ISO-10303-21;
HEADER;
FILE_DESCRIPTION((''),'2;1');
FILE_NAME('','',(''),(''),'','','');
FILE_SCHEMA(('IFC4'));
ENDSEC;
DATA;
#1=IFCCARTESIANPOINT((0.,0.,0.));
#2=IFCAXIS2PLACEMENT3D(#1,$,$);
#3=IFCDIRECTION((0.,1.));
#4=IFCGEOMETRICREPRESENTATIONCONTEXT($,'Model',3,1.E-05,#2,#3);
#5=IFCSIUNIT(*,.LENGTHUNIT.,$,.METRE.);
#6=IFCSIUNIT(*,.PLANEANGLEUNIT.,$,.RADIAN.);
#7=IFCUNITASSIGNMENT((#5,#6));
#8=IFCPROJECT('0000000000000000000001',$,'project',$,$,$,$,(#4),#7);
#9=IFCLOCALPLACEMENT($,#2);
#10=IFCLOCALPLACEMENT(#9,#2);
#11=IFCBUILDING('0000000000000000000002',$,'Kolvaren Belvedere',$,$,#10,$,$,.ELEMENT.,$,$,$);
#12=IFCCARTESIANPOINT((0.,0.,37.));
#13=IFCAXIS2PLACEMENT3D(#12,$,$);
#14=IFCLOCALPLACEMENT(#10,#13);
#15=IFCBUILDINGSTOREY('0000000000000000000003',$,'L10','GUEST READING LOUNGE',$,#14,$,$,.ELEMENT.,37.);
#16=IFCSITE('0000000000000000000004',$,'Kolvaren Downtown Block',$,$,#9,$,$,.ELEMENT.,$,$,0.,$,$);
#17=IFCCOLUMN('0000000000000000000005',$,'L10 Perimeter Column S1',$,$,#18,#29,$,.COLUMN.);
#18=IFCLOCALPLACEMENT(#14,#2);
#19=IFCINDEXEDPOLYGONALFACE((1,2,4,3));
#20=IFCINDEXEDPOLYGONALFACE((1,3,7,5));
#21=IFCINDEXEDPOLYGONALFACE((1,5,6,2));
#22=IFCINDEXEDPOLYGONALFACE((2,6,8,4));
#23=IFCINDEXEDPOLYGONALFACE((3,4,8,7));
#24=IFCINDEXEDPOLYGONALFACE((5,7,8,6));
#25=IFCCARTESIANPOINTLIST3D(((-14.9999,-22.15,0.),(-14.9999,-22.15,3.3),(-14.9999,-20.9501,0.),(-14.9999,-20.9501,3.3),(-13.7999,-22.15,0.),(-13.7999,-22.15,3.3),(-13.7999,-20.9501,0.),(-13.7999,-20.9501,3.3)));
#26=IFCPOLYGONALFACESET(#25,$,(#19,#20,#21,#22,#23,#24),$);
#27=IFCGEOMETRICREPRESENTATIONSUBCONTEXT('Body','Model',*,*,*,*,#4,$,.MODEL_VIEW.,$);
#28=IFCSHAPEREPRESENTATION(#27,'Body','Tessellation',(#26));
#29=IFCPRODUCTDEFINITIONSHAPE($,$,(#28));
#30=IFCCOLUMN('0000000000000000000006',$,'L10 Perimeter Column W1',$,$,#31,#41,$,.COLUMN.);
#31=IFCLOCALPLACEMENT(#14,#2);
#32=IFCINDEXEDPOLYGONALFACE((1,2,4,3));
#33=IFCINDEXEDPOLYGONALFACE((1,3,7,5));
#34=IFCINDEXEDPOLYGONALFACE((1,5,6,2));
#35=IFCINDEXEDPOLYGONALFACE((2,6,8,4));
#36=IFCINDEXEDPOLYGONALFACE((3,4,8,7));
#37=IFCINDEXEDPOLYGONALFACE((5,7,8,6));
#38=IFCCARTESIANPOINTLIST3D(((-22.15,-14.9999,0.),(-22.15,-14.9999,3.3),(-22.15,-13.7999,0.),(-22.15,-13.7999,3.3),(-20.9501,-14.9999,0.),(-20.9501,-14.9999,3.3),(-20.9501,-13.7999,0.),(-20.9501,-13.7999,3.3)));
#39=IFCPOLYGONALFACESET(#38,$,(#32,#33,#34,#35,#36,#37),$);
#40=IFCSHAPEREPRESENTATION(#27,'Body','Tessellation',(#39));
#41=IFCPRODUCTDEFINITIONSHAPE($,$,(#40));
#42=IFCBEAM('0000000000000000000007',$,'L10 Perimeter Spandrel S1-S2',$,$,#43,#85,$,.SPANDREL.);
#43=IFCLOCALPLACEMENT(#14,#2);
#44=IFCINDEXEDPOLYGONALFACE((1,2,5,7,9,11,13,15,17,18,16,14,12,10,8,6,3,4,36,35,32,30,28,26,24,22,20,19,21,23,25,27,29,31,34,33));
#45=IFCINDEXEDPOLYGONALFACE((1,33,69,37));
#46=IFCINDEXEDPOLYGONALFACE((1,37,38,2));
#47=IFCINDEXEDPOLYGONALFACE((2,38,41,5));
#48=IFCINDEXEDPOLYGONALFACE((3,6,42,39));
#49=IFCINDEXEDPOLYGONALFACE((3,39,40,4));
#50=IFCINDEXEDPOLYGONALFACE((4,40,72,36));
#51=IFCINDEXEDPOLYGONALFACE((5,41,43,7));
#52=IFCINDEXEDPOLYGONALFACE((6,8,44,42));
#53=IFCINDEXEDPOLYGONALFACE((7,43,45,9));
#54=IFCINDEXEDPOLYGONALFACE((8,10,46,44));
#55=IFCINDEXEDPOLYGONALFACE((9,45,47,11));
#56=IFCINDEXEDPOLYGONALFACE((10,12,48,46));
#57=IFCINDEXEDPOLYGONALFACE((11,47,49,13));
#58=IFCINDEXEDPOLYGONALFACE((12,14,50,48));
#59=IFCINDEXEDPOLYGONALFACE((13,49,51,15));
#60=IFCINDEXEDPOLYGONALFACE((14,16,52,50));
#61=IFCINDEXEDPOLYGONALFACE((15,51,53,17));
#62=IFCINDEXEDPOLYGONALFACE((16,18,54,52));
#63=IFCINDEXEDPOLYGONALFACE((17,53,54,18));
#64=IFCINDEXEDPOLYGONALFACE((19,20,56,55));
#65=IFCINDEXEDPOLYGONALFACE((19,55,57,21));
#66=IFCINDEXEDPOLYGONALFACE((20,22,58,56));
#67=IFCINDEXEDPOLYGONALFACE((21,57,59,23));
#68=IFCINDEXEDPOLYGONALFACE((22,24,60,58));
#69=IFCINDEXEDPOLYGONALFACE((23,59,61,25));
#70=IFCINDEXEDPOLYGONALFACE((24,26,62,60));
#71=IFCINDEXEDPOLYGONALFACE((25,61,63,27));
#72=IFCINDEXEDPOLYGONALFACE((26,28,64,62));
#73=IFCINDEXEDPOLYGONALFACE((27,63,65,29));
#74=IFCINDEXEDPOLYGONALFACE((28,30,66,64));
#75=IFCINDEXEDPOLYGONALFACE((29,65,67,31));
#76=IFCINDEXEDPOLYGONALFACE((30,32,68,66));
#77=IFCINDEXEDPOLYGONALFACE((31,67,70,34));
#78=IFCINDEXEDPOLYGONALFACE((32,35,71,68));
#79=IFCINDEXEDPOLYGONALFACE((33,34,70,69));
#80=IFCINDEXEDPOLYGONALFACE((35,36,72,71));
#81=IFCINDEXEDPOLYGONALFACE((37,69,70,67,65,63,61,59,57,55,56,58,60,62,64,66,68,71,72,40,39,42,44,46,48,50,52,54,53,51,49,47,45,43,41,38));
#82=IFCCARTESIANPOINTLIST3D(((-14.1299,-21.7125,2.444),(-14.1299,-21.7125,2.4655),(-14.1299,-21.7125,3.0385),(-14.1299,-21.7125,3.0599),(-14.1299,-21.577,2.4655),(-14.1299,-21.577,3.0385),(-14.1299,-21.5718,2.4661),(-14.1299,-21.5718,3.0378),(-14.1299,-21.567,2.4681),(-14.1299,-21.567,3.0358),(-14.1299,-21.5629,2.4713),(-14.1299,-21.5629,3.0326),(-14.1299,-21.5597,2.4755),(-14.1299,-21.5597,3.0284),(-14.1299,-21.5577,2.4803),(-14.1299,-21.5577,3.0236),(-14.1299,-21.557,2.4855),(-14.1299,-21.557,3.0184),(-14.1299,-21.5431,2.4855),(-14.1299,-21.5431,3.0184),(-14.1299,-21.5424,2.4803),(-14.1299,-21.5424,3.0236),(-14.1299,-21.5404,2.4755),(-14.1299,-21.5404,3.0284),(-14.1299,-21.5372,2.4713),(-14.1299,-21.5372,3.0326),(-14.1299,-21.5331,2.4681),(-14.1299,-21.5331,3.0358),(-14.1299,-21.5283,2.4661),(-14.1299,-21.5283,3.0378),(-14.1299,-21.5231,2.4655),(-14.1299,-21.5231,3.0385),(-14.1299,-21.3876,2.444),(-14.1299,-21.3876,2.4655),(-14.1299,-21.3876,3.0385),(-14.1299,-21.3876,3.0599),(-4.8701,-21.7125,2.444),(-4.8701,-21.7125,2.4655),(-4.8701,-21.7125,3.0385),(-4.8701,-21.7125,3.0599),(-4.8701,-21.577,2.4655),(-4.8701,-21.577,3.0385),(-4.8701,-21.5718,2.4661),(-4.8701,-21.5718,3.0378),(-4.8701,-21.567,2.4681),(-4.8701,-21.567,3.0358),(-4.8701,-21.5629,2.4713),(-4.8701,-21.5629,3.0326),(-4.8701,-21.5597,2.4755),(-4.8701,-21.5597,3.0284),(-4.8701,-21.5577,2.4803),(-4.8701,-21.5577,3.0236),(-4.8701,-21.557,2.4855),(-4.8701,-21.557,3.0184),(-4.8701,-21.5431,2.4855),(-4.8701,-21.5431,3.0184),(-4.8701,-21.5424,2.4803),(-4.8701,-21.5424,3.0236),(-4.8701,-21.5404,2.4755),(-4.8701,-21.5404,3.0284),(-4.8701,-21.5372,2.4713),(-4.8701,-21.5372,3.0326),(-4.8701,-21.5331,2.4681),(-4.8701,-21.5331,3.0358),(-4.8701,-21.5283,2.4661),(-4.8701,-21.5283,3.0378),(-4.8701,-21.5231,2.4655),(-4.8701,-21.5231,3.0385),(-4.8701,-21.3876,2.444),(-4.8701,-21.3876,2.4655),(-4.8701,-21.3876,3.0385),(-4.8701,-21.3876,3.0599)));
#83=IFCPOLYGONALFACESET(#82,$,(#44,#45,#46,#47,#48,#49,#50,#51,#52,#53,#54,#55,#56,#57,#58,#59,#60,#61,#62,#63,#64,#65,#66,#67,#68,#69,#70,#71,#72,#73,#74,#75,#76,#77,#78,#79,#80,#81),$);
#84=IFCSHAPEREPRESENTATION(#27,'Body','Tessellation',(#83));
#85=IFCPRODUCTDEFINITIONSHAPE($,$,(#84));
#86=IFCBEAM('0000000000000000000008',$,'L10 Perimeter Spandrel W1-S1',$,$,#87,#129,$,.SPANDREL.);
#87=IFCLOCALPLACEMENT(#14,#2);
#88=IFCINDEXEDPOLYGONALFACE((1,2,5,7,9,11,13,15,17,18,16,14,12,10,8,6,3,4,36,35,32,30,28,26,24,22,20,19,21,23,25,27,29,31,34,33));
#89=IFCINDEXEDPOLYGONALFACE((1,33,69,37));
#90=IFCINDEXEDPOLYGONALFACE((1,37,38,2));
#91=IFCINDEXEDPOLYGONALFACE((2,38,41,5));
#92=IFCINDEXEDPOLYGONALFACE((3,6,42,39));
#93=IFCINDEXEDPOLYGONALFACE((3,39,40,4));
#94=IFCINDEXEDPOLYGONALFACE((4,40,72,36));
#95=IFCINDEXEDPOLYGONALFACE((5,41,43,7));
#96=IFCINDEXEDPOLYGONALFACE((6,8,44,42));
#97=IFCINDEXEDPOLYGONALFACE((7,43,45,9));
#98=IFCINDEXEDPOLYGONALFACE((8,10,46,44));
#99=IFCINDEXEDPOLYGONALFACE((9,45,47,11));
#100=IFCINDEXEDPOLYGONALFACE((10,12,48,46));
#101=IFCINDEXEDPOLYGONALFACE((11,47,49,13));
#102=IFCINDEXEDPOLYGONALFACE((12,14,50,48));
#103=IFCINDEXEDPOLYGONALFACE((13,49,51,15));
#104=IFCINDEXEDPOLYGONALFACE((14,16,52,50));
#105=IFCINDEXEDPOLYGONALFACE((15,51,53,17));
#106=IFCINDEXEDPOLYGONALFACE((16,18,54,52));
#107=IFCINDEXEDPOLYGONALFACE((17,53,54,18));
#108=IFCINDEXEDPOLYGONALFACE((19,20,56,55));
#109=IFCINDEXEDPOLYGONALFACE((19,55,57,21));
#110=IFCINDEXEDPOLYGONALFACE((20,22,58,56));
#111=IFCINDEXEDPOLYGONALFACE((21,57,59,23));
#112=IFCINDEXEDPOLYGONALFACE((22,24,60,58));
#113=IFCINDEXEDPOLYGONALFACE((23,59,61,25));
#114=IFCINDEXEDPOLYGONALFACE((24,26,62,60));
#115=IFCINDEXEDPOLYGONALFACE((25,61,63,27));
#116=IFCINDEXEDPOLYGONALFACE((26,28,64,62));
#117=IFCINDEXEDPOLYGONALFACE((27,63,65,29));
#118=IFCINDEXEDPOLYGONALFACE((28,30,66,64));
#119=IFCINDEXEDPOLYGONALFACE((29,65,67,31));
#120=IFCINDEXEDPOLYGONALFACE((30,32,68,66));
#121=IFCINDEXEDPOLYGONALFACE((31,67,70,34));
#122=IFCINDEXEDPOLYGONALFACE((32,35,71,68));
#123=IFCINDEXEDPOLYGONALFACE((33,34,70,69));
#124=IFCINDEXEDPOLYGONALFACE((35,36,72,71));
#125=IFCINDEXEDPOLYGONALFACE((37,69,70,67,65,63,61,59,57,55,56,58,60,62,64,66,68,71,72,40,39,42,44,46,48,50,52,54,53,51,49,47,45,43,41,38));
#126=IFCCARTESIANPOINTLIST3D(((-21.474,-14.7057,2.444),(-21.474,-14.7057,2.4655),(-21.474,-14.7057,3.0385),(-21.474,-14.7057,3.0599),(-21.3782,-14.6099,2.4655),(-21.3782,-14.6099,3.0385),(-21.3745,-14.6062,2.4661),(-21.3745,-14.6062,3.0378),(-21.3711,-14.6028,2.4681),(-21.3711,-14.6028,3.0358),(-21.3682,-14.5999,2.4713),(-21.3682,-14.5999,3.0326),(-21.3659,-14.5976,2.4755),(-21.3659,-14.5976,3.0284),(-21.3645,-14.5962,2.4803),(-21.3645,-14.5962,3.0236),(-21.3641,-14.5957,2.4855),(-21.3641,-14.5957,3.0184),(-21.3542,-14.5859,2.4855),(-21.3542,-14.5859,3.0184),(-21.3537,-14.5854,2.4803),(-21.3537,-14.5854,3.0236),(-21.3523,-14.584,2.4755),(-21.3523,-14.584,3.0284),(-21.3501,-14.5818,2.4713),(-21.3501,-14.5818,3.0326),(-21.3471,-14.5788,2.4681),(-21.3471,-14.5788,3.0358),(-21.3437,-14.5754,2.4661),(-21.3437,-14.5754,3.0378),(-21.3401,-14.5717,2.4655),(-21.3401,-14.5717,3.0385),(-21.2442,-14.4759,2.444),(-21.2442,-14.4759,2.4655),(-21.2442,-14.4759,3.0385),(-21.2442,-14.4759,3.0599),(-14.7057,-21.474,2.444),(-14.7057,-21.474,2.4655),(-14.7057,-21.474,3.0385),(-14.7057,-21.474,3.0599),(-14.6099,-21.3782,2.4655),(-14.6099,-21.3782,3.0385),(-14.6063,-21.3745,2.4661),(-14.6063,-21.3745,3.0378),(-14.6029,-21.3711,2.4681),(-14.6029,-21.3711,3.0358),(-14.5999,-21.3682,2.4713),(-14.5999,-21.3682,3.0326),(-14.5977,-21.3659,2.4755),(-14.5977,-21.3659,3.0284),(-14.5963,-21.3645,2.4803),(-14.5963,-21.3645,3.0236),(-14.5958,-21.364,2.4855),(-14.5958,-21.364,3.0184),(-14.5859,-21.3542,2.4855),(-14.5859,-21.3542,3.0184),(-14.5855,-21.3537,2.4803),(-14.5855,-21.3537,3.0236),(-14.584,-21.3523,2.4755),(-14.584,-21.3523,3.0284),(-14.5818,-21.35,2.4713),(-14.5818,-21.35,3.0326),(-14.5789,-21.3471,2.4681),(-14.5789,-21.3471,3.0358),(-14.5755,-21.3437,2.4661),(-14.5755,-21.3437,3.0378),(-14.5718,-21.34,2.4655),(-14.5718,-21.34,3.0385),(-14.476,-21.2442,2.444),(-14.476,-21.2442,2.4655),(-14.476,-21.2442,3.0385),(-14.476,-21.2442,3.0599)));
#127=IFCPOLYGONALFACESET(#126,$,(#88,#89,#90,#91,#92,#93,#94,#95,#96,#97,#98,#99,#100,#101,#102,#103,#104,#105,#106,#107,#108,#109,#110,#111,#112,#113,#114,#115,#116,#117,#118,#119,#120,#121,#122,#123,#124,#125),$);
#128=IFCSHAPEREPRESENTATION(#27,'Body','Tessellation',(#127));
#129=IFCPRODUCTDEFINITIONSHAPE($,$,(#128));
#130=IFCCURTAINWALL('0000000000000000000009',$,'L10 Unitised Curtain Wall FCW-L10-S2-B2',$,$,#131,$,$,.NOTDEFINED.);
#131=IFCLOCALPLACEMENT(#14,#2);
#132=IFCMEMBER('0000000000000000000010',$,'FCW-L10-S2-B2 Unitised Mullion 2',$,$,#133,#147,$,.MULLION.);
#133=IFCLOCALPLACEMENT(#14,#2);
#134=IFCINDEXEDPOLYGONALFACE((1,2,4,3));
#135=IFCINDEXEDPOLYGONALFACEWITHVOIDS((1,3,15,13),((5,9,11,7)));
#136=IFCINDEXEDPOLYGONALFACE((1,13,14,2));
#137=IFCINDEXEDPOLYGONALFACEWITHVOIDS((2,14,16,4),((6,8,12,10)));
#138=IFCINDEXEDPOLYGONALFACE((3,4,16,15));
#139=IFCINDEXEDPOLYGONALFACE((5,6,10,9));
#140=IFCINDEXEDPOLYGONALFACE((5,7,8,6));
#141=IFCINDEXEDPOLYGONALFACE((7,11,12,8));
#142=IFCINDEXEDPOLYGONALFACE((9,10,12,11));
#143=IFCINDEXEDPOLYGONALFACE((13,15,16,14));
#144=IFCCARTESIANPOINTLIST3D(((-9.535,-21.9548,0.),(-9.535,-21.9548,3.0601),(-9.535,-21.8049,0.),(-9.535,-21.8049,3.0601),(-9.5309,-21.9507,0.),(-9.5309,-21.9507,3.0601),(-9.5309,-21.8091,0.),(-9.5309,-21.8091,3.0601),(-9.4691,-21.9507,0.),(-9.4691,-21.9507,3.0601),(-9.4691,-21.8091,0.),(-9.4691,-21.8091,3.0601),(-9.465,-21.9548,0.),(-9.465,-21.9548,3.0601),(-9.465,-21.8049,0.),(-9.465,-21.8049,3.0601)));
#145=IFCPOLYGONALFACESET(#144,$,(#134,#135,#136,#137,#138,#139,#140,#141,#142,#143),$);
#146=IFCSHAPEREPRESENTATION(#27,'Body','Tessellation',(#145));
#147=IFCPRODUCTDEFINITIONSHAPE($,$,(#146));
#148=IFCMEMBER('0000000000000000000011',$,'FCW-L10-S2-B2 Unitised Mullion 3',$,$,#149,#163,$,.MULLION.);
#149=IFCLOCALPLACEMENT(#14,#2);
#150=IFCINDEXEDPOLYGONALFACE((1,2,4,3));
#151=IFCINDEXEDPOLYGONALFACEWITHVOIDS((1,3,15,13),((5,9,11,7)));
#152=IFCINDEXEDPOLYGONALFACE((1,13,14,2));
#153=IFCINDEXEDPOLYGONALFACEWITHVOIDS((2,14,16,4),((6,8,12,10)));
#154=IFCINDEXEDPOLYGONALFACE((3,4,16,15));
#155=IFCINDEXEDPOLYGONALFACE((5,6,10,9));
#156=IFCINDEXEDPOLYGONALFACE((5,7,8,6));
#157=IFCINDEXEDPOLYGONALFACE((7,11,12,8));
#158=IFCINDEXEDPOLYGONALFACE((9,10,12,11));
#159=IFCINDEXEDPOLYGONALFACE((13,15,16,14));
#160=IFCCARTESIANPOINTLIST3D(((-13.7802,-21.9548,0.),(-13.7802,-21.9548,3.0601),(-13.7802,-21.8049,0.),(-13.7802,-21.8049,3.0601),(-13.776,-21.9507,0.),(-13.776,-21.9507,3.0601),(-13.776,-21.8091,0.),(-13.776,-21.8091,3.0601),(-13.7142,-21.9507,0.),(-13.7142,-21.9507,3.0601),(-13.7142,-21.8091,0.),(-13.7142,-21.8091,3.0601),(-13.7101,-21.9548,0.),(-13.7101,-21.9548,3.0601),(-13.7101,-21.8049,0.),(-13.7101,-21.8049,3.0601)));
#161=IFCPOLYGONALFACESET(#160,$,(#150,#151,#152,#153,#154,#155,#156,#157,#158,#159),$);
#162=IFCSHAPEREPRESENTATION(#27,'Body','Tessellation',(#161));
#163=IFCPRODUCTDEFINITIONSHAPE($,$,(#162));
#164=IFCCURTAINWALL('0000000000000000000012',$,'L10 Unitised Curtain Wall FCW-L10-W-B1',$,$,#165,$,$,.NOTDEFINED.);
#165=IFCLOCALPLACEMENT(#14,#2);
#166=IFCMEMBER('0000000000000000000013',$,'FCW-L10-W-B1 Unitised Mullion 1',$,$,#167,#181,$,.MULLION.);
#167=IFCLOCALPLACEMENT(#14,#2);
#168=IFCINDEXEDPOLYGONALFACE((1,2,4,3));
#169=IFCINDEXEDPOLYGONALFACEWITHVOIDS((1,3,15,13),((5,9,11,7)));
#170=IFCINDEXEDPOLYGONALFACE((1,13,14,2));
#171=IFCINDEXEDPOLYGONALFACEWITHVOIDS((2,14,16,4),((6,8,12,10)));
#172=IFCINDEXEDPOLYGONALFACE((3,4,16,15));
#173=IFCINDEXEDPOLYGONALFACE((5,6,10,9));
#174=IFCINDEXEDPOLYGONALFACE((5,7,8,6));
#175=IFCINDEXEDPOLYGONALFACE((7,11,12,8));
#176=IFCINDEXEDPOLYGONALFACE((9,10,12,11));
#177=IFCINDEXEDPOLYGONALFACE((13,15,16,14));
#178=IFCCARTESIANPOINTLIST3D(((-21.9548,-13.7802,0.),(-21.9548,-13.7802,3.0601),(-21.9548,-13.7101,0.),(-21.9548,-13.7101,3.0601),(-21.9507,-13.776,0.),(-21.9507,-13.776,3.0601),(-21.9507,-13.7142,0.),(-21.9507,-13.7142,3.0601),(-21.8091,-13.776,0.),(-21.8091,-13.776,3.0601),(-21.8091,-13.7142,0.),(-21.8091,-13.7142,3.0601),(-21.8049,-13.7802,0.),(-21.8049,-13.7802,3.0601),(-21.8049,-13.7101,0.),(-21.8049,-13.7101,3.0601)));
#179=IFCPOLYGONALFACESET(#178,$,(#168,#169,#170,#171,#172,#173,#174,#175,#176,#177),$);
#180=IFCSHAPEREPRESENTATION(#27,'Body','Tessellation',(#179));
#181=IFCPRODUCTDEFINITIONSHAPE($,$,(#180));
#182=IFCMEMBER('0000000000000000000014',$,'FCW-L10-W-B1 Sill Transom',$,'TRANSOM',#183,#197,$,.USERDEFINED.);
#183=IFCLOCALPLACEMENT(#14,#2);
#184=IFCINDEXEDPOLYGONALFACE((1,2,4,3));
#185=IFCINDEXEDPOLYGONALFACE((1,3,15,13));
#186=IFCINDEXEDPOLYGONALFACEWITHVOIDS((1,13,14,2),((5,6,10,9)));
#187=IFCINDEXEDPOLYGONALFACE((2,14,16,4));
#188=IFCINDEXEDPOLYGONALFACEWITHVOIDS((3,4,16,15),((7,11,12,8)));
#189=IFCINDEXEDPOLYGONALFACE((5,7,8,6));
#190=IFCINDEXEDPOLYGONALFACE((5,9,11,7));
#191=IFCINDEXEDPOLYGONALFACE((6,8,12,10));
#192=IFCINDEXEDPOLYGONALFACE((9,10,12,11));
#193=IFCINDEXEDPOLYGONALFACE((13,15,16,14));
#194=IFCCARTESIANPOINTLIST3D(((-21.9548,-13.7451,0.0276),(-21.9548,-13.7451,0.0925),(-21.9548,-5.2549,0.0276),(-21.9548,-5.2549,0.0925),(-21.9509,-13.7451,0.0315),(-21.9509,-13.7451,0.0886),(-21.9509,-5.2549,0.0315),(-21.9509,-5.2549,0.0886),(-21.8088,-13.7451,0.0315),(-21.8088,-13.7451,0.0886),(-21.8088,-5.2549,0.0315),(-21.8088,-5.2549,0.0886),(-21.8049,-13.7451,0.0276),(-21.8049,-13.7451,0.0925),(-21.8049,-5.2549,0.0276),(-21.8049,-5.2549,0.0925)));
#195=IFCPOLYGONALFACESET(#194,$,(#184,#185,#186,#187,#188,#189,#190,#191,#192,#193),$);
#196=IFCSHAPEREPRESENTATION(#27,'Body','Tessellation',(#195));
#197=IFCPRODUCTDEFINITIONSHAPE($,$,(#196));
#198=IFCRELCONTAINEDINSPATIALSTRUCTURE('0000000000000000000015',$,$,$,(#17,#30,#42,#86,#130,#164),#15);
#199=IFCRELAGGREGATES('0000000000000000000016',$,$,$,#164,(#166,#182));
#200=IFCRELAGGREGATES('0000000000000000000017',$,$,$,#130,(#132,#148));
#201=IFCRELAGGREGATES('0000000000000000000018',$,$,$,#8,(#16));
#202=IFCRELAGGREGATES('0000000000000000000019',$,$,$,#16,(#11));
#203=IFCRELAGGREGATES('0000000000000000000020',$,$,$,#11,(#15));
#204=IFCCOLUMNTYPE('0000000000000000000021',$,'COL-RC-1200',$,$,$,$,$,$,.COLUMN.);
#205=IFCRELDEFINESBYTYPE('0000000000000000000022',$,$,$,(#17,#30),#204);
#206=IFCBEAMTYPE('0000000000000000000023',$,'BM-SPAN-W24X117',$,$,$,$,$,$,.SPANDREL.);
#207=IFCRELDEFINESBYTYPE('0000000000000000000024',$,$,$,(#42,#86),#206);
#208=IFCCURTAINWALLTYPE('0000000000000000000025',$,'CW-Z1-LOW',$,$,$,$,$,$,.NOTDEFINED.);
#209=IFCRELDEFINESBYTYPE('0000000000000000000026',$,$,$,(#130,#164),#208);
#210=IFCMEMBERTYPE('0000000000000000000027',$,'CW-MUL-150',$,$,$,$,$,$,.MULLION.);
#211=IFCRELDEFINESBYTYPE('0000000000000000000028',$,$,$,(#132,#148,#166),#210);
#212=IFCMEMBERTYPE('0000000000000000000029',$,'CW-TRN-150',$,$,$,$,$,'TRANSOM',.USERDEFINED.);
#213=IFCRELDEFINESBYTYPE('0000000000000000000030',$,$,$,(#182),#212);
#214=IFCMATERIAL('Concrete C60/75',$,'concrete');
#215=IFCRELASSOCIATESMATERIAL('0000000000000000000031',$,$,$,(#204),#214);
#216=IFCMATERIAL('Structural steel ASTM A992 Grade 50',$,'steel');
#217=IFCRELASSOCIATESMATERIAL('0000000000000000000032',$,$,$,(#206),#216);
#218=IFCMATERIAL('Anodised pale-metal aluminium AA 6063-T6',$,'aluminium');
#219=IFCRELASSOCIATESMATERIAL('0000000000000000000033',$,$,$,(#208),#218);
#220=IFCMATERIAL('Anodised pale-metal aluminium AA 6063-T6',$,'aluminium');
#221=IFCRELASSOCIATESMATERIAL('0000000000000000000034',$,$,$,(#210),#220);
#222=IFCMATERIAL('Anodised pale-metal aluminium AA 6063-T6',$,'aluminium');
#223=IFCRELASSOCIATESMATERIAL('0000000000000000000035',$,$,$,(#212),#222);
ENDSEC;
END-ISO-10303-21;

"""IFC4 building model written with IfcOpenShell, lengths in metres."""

from ifc_helpers import new_model, si_unit, direction, frame, origin, origin_2d, place, context, subcontext, project, spatial, rectangle, hollow_rectangle, i_section, extrude, material, material_profile, profile_set, type_object, element, aggregate, save


model = new_model("IFC4")

# Units and contexts
model_context = context("Model", 3, precision=1e-05, world=origin(), true_north=direction((0.0, 1.0)))
body_context = subcontext(model_context, "Body", "Model", "MODEL_VIEW")
ifc_project = project(units=[si_unit("LENGTHUNIT", "METRE"), si_unit("PLANEANGLEUNIT", "RADIAN")], contexts=[model_context])

# Site, building, storey
site_placement = place(None, origin())
site = spatial("IfcSite", under=ifc_project, at=site_placement, Name="Kolvaren Downtown Block", CompositionType="ELEMENT", RefElevation=0.0)
building_placement = place(site_placement, origin())
building = spatial("IfcBuilding", under=site, at=building_placement, Name="Kolvaren Belvedere", CompositionType="ELEMENT")
storey_placement = place(building_placement, frame((0.0, 0.0, 37.0)))
storey = spatial("IfcBuildingStorey", under=building, at=storey_placement, Name="L10", Description="GUEST READING LOUNGE", CompositionType="ELEMENT", Elevation=37.0)

# Columns
ifc_material_1 = material(Name="Concrete C60/75", Category="concrete")
ifc_material_profile_1 = material_profile(ifc_material_1, rectangle(XDim=1.2, YDim=1.2, at=origin_2d()), Name="RC 1200X1200")
ifc_profile_set_1 = profile_set([ifc_material_profile_1], Name="Concrete C60/75")
column_type = type_object("IfcColumnType", Name="COL-RC-1200", PredefinedType="COLUMN", material=ifc_profile_set_1)
for number, where, z_axis, x_axis, name in (
    (1, (-14.3999, -21.55, 0.0), (0.0, 0.0, 1.0), (1.0, 0.0, 0.0), "L10 Perimeter Column S1"),
    (2, (-21.55, -14.3999, 0.0), (0.0, 0.0, 1.0), (1.0, 0.0, 0.0), "L10 Perimeter Column W1"),
):
    element("IfcColumn", number, at=place(storey_placement, frame(where, z_axis=z_axis, x_axis=x_axis)), inside=storey, type_object=column_type, Name=name, PredefinedType="COLUMN", context=body_context, shape_type="SweptSolid", body=[
        extrude(rectangle(XDim=1.2, YDim=1.2, at=origin_2d()), origin(), (0.0, 0.0, 1.0), 3.3),
    ])

# Beams
ifc_material_2 = material(Name="Structural steel ASTM A992 Grade 50", Category="steel")
ifc_material_profile_2 = material_profile(ifc_material_2, i_section(OverallWidth=0.325, OverallDepth=0.616, WebThickness=0.0139, FlangeThickness=0.0215, FilletRadius=0.02, at=origin_2d()), Name="W24X117")
ifc_profile_set_2 = profile_set([ifc_material_profile_2], Name="Structural steel ASTM A992 Grade 50")
beam_type = type_object("IfcBeamType", Name="BM-SPAN-W24X117", PredefinedType="SPANDREL", material=ifc_profile_set_2)
beam_1_placement = place(storey_placement, frame((-14.1299, -21.55, 2.752), z_axis=(1.0, 0.0, 0.0), x_axis=(0.0, 1.0, 0.0)))
element("IfcBeam", 3, at=beam_1_placement, inside=storey, type_object=beam_type, Name="L10 Perimeter Spandrel S1-S2", PredefinedType="SPANDREL", context=body_context, shape_type="SweptSolid", body=[
    extrude(i_section(OverallWidth=0.325, OverallDepth=0.616, WebThickness=0.0139, FlangeThickness=0.0215, FilletRadius=0.02, at=origin_2d()), origin(), (0.0, 0.0, 1.0), 9.2598),
])
beam_2_placement = place(storey_placement, frame((-21.3591, -14.5908, 2.752), z_axis=(0.707107, -0.707107, 0.0), x_axis=(0.707107, 0.707107, 0.0)))
element("IfcBeam", 4, at=beam_2_placement, inside=storey, type_object=beam_type, Name="L10 Perimeter Spandrel W1-S1", PredefinedType="SPANDREL", context=body_context, shape_type="SweptSolid", body=[
    extrude(i_section(OverallWidth=0.325, OverallDepth=0.616, WebThickness=0.0139, FlangeThickness=0.0215, FilletRadius=0.02, at=origin_2d()), origin(), (0.0, 0.0, 1.0), 9.5718),
])

# Curtain walls, members
ifc_material_3 = material(Name="Anodised pale-metal aluminium AA 6063-T6", Category="aluminium")
curtain_wall_type = type_object("IfcCurtainWallType", Name="CW-Z1-LOW", PredefinedType="NOTDEFINED", material=ifc_material_3)
curtain_wall_1_placement = place(storey_placement, origin())
curtain_wall_1 = element("IfcCurtainWall", 5, at=curtain_wall_1_placement, inside=storey, type_object=curtain_wall_type, Name="L10 Unitised Curtain Wall FCW-L10-S2-B2", PredefinedType="NOTDEFINED")
ifc_material_4 = material(Name="Anodised pale-metal aluminium AA 6063-T6", Category="aluminium")
ifc_material_profile_3 = material_profile(ifc_material_4, hollow_rectangle(XDim=0.0701, YDim=0.1499, WallThickness=0.0042, at=origin_2d()), Name="ALU-MUL-150X70")
ifc_profile_set_3 = profile_set([ifc_material_profile_3], Name="Anodised pale-metal aluminium AA 6063-T6")
member_type_1 = type_object("IfcMemberType", Name="CW-MUL-150", PredefinedType="MULLION", material=ifc_profile_set_3)
member_1_placement = place(storey_placement, frame((-9.5, -21.8799, 0.0), z_axis=(0.0, 0.0, 1.0), x_axis=(1.0, 0.0, 0.0)))
member_1 = element("IfcMember", 6, at=member_1_placement, type_object=member_type_1, Name="FCW-L10-S2-B2 Unitised Mullion 2", PredefinedType="MULLION", context=body_context, shape_type="SweptSolid", body=[
    extrude(hollow_rectangle(XDim=0.0701, YDim=0.1499, WallThickness=0.0042, at=origin_2d()), origin(), (0.0, 0.0, 1.0), 3.0601),
])
member_2_placement = place(storey_placement, frame((-13.7451, -21.8799, 0.0), z_axis=(0.0, 0.0, 1.0), x_axis=(1.0, 0.0, 0.0)))
member_2 = element("IfcMember", 7, at=member_2_placement, type_object=member_type_1, Name="FCW-L10-S2-B2 Unitised Mullion 3", PredefinedType="MULLION", context=body_context, shape_type="SweptSolid", body=[
    extrude(hollow_rectangle(XDim=0.0701, YDim=0.1499, WallThickness=0.0042, at=origin_2d()), origin(), (0.0, 0.0, 1.0), 3.0601),
])
curtain_wall_2_placement = place(storey_placement, origin())
curtain_wall_2 = element("IfcCurtainWall", 8, at=curtain_wall_2_placement, inside=storey, type_object=curtain_wall_type, Name="L10 Unitised Curtain Wall FCW-L10-W-B1", PredefinedType="NOTDEFINED")
member_3_placement = place(storey_placement, frame((-21.8799, -13.7451, 0.0), z_axis=(0.0, 0.0, 1.0), x_axis=(0.0, 1.0, 0.0)))
member_3 = element("IfcMember", 9, at=member_3_placement, type_object=member_type_1, Name="FCW-L10-W-B1 Unitised Mullion 1", PredefinedType="MULLION", context=body_context, shape_type="SweptSolid", body=[
    extrude(hollow_rectangle(XDim=0.0701, YDim=0.1499, WallThickness=0.0042, at=origin_2d()), origin(), (0.0, 0.0, 1.0), 3.0601),
])
ifc_material_5 = material(Name="Anodised pale-metal aluminium AA 6063-T6", Category="aluminium")
ifc_material_profile_4 = material_profile(ifc_material_5, hollow_rectangle(XDim=0.0649, YDim=0.1499, WallThickness=0.0039, at=origin_2d()), Name="ALU-TRN-150X65")
ifc_profile_set_4 = profile_set([ifc_material_profile_4], Name="Anodised pale-metal aluminium AA 6063-T6")
member_type_2 = type_object("IfcMemberType", Name="CW-TRN-150", ElementType="TRANSOM", PredefinedType="USERDEFINED", material=ifc_profile_set_4)
member_4_placement = place(storey_placement, frame((-21.8799, -13.7451, 0.0601), z_axis=(0.0, 1.0, 0.0), x_axis=(0.0, 0.0, 1.0)))
member_4 = element("IfcMember", 10, at=member_4_placement, type_object=member_type_2, Name="FCW-L10-W-B1 Sill Transom", ObjectType="TRANSOM", PredefinedType="USERDEFINED", context=body_context, shape_type="SweptSolid", body=[
    extrude(hollow_rectangle(XDim=0.0649, YDim=0.1499, WallThickness=0.0039, at=origin_2d()), origin(), (0.0, 0.0, 1.0), 8.4902),
])
aggregate(curtain_wall_2, [member_3, member_4])

aggregate(curtain_wall_1, [member_1, member_2])

save(model, "model.ifc")
